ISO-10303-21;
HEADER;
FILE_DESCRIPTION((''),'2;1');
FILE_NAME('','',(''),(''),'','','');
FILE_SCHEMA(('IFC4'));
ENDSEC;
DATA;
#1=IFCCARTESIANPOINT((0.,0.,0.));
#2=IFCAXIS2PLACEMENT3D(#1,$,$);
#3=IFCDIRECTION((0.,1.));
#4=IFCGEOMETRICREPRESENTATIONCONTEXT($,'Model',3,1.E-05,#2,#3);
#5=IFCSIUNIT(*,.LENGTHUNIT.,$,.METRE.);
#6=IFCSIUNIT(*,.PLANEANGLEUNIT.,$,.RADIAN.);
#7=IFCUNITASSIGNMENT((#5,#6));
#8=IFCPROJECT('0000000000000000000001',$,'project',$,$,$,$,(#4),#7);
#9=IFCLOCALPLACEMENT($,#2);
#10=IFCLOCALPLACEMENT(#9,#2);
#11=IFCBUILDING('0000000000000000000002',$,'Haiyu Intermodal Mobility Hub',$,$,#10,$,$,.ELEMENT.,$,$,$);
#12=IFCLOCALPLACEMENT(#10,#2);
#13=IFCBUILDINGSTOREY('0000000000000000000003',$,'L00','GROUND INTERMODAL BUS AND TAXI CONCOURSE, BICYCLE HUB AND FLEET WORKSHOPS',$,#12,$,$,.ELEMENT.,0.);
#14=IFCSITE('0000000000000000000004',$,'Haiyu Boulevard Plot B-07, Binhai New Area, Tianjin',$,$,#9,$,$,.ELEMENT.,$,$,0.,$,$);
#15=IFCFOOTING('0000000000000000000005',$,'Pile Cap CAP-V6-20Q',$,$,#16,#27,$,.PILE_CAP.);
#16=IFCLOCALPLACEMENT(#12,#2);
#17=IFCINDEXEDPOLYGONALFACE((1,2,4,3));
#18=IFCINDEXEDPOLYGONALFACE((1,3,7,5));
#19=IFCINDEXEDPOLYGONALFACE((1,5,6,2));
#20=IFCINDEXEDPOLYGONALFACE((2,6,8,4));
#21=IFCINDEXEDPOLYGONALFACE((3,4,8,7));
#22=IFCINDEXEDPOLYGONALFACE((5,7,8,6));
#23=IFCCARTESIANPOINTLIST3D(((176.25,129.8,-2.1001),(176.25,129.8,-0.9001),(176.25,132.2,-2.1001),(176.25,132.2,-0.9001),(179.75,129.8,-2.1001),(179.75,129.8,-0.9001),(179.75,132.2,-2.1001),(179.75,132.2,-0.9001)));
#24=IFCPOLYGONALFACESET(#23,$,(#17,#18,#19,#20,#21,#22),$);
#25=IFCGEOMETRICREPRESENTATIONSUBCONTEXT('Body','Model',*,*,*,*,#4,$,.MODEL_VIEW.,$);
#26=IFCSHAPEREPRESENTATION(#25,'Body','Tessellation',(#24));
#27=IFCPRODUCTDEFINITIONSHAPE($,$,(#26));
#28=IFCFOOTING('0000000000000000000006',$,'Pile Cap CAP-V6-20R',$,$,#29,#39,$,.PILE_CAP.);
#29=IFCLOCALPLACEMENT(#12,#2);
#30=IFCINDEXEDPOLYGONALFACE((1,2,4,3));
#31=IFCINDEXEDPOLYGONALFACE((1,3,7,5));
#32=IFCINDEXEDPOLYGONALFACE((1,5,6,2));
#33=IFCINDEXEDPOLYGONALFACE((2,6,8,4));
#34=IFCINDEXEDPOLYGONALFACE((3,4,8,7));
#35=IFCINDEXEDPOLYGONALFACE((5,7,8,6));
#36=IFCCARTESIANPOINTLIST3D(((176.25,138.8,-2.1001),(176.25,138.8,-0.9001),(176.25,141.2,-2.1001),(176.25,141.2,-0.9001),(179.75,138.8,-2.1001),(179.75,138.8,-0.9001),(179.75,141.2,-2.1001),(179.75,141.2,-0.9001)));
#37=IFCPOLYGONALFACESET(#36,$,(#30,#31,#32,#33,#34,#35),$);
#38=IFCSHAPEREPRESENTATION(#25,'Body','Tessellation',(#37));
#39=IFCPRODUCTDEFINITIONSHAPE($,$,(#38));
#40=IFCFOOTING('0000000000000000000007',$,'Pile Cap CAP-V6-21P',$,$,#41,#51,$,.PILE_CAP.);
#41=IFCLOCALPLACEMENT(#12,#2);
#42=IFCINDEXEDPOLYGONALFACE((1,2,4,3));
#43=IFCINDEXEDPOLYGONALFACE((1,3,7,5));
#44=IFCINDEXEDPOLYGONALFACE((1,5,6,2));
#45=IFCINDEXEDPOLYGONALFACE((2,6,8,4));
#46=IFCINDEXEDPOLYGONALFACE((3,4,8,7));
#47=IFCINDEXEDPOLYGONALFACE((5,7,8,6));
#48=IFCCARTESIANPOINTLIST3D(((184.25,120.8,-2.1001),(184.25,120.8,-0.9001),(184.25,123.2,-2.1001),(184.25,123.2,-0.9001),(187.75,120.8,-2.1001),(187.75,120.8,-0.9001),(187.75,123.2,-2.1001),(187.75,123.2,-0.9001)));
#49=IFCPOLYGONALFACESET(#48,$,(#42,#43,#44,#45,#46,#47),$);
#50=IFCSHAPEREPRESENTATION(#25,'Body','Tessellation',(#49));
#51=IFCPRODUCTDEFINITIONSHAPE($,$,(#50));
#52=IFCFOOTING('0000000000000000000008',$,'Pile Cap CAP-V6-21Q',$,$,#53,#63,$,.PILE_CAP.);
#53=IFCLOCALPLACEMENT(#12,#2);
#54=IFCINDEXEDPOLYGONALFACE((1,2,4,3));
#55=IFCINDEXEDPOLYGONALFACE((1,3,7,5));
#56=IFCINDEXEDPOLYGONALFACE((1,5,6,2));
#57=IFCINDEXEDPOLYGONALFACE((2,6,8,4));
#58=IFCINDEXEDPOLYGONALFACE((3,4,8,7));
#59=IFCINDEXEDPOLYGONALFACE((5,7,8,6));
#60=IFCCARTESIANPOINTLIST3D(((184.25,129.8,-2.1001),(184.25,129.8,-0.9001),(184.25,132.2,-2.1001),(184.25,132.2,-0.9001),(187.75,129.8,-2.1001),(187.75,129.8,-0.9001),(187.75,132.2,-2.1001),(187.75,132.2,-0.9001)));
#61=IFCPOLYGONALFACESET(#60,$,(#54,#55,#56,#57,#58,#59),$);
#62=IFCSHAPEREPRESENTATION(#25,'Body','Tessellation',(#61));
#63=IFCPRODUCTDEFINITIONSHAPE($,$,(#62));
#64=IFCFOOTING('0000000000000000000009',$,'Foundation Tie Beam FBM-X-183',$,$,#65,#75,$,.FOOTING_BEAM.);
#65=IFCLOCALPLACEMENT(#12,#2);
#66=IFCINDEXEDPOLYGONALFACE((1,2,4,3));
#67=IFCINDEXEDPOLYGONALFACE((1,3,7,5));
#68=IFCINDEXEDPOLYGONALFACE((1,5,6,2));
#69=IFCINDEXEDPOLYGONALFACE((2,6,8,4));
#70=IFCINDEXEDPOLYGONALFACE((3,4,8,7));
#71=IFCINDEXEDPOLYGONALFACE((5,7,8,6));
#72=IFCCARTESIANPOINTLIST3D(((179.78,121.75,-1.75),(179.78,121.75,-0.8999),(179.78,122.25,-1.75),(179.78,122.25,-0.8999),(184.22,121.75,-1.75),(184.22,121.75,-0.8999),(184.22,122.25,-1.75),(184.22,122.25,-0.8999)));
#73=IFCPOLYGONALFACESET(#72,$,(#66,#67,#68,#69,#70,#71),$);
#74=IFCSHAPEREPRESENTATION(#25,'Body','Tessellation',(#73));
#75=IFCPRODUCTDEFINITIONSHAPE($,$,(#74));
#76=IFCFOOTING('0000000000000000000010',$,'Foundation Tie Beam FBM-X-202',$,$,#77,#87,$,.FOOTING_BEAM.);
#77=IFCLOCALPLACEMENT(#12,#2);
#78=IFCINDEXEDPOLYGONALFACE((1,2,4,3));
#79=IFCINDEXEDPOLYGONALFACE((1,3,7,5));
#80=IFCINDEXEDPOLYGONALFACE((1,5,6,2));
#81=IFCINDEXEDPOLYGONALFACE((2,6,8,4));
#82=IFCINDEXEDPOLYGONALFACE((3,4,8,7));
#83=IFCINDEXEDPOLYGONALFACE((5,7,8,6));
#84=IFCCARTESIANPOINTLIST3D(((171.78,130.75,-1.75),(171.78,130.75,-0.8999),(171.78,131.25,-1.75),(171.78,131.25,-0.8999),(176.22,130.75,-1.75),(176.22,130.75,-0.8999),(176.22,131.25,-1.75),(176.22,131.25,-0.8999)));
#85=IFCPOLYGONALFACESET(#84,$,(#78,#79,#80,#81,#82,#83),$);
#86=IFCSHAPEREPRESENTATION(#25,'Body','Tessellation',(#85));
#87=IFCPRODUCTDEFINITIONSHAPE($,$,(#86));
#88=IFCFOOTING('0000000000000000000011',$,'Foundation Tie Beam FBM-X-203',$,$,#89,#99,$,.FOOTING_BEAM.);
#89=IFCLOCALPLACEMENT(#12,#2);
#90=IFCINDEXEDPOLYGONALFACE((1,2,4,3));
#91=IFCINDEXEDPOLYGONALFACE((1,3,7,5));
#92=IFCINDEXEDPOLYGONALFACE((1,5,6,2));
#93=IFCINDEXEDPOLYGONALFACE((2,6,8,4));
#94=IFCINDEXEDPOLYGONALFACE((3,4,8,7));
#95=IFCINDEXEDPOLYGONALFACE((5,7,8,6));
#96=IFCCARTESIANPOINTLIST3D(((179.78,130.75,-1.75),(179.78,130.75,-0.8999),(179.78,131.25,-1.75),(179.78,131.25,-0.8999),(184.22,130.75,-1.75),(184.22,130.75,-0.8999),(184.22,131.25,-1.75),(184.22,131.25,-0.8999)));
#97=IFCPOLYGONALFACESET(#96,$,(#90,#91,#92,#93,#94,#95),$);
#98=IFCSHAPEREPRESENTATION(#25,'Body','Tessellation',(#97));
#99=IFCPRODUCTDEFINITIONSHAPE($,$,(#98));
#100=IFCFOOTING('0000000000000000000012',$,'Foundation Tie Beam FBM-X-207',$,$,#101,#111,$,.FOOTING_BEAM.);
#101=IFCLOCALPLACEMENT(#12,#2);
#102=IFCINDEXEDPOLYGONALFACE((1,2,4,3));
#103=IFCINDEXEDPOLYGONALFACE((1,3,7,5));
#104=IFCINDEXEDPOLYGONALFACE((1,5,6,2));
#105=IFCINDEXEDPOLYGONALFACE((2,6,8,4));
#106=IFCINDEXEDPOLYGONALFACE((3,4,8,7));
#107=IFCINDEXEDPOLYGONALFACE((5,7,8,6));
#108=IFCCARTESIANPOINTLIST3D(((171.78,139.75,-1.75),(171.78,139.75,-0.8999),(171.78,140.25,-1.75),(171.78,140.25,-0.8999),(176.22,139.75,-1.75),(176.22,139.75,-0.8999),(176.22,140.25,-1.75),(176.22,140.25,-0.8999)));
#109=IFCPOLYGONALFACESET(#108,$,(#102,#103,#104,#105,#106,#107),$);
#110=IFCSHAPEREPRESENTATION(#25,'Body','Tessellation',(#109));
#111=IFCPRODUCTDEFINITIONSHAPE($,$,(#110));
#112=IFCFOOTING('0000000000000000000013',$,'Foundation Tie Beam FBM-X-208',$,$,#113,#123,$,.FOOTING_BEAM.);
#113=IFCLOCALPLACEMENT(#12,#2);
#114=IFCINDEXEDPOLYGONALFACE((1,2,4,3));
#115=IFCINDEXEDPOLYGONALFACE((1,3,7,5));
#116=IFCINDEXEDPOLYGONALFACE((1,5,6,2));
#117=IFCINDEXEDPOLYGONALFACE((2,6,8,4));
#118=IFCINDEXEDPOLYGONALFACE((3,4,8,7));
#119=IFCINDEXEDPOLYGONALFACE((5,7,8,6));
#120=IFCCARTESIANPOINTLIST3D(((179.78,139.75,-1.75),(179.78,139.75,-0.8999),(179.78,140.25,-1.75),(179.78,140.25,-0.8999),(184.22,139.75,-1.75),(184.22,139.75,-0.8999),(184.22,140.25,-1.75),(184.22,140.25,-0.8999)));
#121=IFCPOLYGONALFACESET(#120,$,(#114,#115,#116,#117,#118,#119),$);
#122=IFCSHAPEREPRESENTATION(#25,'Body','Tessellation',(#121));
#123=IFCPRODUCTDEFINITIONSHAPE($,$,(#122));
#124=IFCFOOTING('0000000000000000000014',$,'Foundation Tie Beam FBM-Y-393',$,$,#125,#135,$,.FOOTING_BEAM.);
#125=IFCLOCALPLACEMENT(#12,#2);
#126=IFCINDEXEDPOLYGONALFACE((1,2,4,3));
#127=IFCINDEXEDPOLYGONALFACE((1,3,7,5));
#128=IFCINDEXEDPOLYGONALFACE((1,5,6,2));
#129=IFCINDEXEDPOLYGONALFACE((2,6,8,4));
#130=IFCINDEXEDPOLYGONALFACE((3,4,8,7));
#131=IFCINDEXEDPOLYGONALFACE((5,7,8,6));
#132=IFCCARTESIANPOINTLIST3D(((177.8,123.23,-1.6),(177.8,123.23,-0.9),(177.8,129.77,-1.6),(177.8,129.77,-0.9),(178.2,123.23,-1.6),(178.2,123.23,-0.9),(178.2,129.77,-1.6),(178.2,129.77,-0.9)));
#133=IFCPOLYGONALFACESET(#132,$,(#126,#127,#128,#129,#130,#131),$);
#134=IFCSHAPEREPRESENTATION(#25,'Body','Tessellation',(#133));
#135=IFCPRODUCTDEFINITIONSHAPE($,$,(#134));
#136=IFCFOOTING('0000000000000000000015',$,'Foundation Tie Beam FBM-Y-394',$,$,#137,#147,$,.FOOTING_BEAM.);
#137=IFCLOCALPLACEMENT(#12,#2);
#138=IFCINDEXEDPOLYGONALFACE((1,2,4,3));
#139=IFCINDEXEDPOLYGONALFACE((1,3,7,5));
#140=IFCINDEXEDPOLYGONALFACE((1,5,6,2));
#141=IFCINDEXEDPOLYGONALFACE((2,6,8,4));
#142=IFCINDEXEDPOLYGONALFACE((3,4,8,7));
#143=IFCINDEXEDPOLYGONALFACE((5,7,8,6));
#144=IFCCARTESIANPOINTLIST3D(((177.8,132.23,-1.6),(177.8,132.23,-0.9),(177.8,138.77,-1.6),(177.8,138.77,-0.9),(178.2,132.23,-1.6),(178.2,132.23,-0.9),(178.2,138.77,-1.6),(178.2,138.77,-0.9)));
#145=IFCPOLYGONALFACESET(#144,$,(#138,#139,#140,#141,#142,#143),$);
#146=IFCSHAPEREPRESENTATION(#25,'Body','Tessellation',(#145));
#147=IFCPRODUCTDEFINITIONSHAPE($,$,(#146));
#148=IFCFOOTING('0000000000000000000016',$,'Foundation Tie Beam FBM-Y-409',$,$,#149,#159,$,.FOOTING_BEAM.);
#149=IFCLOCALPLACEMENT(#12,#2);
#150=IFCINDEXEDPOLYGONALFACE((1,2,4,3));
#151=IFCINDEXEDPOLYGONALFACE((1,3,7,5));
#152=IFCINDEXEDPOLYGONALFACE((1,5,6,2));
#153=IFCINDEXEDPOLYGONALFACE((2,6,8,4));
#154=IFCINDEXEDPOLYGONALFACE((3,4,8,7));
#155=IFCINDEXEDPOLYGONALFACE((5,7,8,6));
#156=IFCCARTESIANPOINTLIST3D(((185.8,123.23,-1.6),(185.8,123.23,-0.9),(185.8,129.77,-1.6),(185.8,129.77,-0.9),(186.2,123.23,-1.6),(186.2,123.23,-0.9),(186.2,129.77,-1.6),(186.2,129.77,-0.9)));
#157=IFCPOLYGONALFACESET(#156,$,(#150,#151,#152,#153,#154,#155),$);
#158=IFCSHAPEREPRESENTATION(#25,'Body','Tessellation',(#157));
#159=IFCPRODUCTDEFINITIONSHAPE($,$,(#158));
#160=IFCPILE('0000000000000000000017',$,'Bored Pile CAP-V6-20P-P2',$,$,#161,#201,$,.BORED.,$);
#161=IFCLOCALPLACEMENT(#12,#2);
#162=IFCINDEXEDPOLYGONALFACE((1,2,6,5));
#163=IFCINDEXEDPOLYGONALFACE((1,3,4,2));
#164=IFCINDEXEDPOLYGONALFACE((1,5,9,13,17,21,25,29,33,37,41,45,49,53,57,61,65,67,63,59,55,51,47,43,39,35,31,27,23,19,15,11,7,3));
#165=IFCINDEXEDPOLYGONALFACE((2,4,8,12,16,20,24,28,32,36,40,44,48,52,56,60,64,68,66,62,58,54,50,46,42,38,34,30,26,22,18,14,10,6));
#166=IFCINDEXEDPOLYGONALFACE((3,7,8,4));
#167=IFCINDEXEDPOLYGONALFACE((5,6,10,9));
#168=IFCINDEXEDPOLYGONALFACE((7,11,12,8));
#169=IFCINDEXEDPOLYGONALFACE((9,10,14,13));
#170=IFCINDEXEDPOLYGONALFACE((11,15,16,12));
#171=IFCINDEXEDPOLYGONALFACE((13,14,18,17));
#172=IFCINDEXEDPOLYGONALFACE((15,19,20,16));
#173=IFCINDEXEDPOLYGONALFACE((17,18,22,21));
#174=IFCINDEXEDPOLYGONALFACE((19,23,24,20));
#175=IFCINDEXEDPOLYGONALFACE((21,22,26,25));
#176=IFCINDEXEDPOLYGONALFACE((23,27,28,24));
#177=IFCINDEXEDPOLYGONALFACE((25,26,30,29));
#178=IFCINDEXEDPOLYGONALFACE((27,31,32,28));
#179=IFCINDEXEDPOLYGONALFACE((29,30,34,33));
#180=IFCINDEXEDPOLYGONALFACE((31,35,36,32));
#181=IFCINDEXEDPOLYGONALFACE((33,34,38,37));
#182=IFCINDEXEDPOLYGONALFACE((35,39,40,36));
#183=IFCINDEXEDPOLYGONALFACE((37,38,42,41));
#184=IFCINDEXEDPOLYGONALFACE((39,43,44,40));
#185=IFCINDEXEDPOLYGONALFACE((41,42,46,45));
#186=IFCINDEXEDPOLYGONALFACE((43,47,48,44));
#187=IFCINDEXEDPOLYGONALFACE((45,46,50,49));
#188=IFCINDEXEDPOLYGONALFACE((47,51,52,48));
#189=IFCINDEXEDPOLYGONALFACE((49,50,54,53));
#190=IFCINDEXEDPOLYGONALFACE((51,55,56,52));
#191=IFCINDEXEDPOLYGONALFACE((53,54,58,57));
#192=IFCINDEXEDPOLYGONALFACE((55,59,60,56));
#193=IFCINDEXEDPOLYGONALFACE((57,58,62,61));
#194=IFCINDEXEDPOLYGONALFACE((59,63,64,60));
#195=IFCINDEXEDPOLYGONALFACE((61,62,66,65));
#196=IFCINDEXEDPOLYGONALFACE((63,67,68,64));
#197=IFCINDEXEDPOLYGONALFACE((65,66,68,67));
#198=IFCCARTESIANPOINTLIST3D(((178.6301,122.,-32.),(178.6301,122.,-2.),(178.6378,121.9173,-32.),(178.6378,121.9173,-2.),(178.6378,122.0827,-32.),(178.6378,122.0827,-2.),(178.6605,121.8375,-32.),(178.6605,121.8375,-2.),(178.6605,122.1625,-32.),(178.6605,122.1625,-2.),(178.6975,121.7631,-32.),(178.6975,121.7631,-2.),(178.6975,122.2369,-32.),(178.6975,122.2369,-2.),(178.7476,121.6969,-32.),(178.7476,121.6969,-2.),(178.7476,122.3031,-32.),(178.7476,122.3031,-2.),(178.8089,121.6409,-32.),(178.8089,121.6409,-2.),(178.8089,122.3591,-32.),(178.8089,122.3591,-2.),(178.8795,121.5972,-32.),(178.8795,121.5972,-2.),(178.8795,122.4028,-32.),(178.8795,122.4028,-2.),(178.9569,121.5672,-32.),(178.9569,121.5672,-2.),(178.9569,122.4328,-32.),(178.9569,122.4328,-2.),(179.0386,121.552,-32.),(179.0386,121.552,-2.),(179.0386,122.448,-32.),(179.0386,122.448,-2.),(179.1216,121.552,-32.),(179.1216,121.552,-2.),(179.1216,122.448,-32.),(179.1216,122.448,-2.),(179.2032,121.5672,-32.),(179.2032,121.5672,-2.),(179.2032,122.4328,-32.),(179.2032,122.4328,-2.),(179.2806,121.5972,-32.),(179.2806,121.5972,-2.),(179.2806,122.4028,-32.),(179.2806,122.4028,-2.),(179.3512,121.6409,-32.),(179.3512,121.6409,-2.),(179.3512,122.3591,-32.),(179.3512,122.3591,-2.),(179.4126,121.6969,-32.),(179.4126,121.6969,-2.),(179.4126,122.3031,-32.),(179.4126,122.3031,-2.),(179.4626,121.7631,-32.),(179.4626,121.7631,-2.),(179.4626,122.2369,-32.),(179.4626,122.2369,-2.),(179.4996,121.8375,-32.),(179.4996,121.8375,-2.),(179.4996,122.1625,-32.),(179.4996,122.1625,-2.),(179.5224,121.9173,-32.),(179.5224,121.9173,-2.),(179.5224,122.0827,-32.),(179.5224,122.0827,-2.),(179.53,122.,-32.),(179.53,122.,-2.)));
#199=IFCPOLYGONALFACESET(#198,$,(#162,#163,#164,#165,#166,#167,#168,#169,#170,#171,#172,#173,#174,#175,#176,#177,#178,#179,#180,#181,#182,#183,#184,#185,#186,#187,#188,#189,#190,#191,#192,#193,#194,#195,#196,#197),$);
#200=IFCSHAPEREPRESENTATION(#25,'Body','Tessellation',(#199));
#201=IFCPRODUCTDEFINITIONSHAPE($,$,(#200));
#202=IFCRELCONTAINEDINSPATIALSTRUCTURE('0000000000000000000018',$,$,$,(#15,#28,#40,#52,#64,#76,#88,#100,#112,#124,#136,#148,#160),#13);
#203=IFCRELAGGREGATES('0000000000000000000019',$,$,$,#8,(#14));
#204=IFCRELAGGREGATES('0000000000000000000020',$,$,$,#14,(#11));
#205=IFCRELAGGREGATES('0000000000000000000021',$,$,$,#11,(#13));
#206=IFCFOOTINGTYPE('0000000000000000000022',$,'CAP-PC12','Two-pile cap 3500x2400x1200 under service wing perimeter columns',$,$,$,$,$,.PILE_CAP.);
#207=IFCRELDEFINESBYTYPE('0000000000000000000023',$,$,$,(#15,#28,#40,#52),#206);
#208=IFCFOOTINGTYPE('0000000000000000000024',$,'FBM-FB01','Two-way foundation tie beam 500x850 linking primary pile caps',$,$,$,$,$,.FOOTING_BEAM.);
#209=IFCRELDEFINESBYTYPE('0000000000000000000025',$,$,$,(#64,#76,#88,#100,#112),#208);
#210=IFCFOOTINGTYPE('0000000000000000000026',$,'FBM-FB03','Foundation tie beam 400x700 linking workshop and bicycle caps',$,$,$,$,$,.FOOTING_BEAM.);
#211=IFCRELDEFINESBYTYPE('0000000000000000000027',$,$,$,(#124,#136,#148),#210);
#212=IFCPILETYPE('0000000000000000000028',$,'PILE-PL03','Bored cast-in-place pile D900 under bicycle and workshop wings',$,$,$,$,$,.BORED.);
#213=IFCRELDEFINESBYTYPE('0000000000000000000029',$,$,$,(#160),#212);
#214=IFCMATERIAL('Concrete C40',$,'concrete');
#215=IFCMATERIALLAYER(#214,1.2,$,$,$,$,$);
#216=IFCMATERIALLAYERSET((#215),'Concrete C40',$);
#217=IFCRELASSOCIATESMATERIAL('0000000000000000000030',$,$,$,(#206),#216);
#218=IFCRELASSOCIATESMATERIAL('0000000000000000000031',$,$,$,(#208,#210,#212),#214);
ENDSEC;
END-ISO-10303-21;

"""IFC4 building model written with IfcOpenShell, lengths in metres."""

from ifc_helpers import new_model, si_unit, direction, frame, origin, origin_2d, place, context, subcontext, project, spatial, rectangle, circle, extrude, material, layer, layer_set, material_profile, profile_set, type_object, element, save


model = new_model("IFC4")

# Units and contexts
model_context = context("Model", 3, precision=1e-05, world=origin(), true_north=direction((0.0, 1.0)))
body_context = subcontext(model_context, "Body", "Model", "MODEL_VIEW")
ifc_project = project(units=[si_unit("LENGTHUNIT", "METRE"), si_unit("PLANEANGLEUNIT", "RADIAN")], contexts=[model_context])

# Site, building, storey
site_placement = place(None, origin())
site = spatial("IfcSite", under=ifc_project, at=site_placement, Name="Haiyu Boulevard Plot B-07, Binhai New Area, Tianjin", CompositionType="ELEMENT", RefElevation=0.0)
building_placement = place(site_placement, origin())
building = spatial("IfcBuilding", under=site, at=building_placement, Name="Haiyu Intermodal Mobility Hub", CompositionType="ELEMENT")
storey_placement = place(building_placement, origin())
storey = spatial("IfcBuildingStorey", under=building, at=storey_placement, Name="L00", Description="GROUND INTERMODAL BUS AND TAXI CONCOURSE, BICYCLE HUB AND FLEET WORKSHOPS", CompositionType="ELEMENT", Elevation=0.0)

# Footings
ifc_material = material(Name="Concrete C40", Category="concrete")
ifc_layer = layer(ifc_material, 1.2)
ifc_layer_set = layer_set([ifc_layer], Name="Concrete C40")
footing_type_1 = type_object("IfcFootingType", Name="CAP-PC12", Description="Two-pile cap 3500x2400x1200 under service wing perimeter columns", PredefinedType="PILE_CAP", material=ifc_layer_set)
for number, where, z_axis, x_axis, name in (
    (1, (178.0, 131.0, -2.1001), (0.0, 0.0, 1.0), (1.0, 0.0, 0.0), "Pile Cap CAP-V6-20Q"),
    (2, (178.0, 140.0, -2.1001), (0.0, 0.0, 1.0), (1.0, 0.0, 0.0), "Pile Cap CAP-V6-20R"),
    (3, (186.0, 122.0, -2.1001), (0.0, 0.0, 1.0), (1.0, 0.0, 0.0), "Pile Cap CAP-V6-21P"),
    (4, (186.0, 131.0, -2.1001), (0.0, 0.0, 1.0), (1.0, 0.0, 0.0), "Pile Cap CAP-V6-21Q"),
):
    element("IfcFooting", number, at=place(storey_placement, frame(where, z_axis=z_axis, x_axis=x_axis)), inside=storey, type_object=footing_type_1, Name=name, PredefinedType="PILE_CAP", context=body_context, shape_type="SweptSolid", body=[
        extrude(rectangle(XDim=3.5, YDim=2.3999, at=origin_2d()), origin(), (0.0, 0.0, 1.0), 1.2),
    ])
ifc_material_profile_1 = material_profile(ifc_material, rectangle(XDim=0.5, YDim=0.8501, at=origin_2d()), Name="FB500x850")
ifc_profile_set_1 = profile_set([ifc_material_profile_1], Name="Concrete C40")
footing_type_2 = type_object("IfcFootingType", Name="FBM-FB01", Description="Two-way foundation tie beam 500x850 linking primary pile caps", PredefinedType="FOOTING_BEAM", material=ifc_profile_set_1)
for number, where, z_axis, x_axis, name in (
    (5, (179.78, 122.0, -1.325), (1.0, 0.0, 0.0), (0.0, 1.0, 0.0), "Foundation Tie Beam FBM-X-183"),
    (6, (171.78, 131.0, -1.325), (1.0, 0.0, 0.0), (0.0, 1.0, 0.0), "Foundation Tie Beam FBM-X-202"),
    (7, (179.78, 131.0, -1.325), (1.0, 0.0, 0.0), (0.0, 1.0, 0.0), "Foundation Tie Beam FBM-X-203"),
    (8, (171.78, 140.0, -1.325), (1.0, 0.0, 0.0), (0.0, 1.0, 0.0), "Foundation Tie Beam FBM-X-207"),
    (9, (179.78, 140.0, -1.325), (1.0, 0.0, 0.0), (0.0, 1.0, 0.0), "Foundation Tie Beam FBM-X-208"),
):
    element("IfcFooting", number, at=place(storey_placement, frame(where, z_axis=z_axis, x_axis=x_axis)), inside=storey, type_object=footing_type_2, Name=name, PredefinedType="FOOTING_BEAM", context=body_context, shape_type="SweptSolid", body=[
        extrude(rectangle(XDim=0.5, YDim=0.8501, at=origin_2d()), origin(), (0.0, 0.0, 1.0), 4.4399),
    ])
ifc_material_profile_2 = material_profile(ifc_material, rectangle(XDim=0.3999, YDim=0.7, at=origin_2d()), Name="FB400x700")
ifc_profile_set_2 = profile_set([ifc_material_profile_2], Name="Concrete C40")
footing_type_3 = type_object("IfcFootingType", Name="FBM-FB03", Description="Foundation tie beam 400x700 linking workshop and bicycle caps", PredefinedType="FOOTING_BEAM", material=ifc_profile_set_2)
for number, where, z_axis, x_axis, name in (
    (10, (178.0, 123.23, -1.25), (0.0, 1.0, 0.0), (-1.0, 0.0, 0.0), "Foundation Tie Beam FBM-Y-393"),
    (11, (178.0, 132.23, -1.25), (0.0, 1.0, 0.0), (-1.0, 0.0, 0.0), "Foundation Tie Beam FBM-Y-394"),
    (12, (186.0, 123.23, -1.25), (0.0, 1.0, 0.0), (-1.0, 0.0, 0.0), "Foundation Tie Beam FBM-Y-409"),
):
    element("IfcFooting", number, at=place(storey_placement, frame(where, z_axis=z_axis, x_axis=x_axis)), inside=storey, type_object=footing_type_3, Name=name, PredefinedType="FOOTING_BEAM", context=body_context, shape_type="SweptSolid", body=[
        extrude(rectangle(XDim=0.3999, YDim=0.7, at=origin_2d()), origin(), (0.0, 0.0, 1.0), 6.54),
    ])

# Pile
ifc_material_profile_3 = material_profile(ifc_material, circle(Radius=0.45, at=origin_2d()), Name="PILE-D900")
ifc_profile_set_3 = profile_set([ifc_material_profile_3], Name="Concrete C40")
pile_type = type_object("IfcPileType", Name="PILE-PL03", Description="Bored cast-in-place pile D900 under bicycle and workshop wings", PredefinedType="BORED", material=ifc_profile_set_3)
for number, where, z_axis, x_axis, name in (
    (13, (179.0801, 122.0, -2.0), (0.0, 0.0, -1.0), (1.0, 0.0, 0.0), "Bored Pile CAP-V6-20P-P2"),
):
    element("IfcPile", number, at=place(storey_placement, frame(where, z_axis=z_axis, x_axis=x_axis)), inside=storey, type_object=pile_type, Name=name, PredefinedType="BORED", context=body_context, shape_type="SweptSolid", body=[
        extrude(circle(Radius=0.45, at=origin_2d()), origin(), (0.0, 0.0, 1.0), 30.0),
    ])

save(model, "model.ifc")
